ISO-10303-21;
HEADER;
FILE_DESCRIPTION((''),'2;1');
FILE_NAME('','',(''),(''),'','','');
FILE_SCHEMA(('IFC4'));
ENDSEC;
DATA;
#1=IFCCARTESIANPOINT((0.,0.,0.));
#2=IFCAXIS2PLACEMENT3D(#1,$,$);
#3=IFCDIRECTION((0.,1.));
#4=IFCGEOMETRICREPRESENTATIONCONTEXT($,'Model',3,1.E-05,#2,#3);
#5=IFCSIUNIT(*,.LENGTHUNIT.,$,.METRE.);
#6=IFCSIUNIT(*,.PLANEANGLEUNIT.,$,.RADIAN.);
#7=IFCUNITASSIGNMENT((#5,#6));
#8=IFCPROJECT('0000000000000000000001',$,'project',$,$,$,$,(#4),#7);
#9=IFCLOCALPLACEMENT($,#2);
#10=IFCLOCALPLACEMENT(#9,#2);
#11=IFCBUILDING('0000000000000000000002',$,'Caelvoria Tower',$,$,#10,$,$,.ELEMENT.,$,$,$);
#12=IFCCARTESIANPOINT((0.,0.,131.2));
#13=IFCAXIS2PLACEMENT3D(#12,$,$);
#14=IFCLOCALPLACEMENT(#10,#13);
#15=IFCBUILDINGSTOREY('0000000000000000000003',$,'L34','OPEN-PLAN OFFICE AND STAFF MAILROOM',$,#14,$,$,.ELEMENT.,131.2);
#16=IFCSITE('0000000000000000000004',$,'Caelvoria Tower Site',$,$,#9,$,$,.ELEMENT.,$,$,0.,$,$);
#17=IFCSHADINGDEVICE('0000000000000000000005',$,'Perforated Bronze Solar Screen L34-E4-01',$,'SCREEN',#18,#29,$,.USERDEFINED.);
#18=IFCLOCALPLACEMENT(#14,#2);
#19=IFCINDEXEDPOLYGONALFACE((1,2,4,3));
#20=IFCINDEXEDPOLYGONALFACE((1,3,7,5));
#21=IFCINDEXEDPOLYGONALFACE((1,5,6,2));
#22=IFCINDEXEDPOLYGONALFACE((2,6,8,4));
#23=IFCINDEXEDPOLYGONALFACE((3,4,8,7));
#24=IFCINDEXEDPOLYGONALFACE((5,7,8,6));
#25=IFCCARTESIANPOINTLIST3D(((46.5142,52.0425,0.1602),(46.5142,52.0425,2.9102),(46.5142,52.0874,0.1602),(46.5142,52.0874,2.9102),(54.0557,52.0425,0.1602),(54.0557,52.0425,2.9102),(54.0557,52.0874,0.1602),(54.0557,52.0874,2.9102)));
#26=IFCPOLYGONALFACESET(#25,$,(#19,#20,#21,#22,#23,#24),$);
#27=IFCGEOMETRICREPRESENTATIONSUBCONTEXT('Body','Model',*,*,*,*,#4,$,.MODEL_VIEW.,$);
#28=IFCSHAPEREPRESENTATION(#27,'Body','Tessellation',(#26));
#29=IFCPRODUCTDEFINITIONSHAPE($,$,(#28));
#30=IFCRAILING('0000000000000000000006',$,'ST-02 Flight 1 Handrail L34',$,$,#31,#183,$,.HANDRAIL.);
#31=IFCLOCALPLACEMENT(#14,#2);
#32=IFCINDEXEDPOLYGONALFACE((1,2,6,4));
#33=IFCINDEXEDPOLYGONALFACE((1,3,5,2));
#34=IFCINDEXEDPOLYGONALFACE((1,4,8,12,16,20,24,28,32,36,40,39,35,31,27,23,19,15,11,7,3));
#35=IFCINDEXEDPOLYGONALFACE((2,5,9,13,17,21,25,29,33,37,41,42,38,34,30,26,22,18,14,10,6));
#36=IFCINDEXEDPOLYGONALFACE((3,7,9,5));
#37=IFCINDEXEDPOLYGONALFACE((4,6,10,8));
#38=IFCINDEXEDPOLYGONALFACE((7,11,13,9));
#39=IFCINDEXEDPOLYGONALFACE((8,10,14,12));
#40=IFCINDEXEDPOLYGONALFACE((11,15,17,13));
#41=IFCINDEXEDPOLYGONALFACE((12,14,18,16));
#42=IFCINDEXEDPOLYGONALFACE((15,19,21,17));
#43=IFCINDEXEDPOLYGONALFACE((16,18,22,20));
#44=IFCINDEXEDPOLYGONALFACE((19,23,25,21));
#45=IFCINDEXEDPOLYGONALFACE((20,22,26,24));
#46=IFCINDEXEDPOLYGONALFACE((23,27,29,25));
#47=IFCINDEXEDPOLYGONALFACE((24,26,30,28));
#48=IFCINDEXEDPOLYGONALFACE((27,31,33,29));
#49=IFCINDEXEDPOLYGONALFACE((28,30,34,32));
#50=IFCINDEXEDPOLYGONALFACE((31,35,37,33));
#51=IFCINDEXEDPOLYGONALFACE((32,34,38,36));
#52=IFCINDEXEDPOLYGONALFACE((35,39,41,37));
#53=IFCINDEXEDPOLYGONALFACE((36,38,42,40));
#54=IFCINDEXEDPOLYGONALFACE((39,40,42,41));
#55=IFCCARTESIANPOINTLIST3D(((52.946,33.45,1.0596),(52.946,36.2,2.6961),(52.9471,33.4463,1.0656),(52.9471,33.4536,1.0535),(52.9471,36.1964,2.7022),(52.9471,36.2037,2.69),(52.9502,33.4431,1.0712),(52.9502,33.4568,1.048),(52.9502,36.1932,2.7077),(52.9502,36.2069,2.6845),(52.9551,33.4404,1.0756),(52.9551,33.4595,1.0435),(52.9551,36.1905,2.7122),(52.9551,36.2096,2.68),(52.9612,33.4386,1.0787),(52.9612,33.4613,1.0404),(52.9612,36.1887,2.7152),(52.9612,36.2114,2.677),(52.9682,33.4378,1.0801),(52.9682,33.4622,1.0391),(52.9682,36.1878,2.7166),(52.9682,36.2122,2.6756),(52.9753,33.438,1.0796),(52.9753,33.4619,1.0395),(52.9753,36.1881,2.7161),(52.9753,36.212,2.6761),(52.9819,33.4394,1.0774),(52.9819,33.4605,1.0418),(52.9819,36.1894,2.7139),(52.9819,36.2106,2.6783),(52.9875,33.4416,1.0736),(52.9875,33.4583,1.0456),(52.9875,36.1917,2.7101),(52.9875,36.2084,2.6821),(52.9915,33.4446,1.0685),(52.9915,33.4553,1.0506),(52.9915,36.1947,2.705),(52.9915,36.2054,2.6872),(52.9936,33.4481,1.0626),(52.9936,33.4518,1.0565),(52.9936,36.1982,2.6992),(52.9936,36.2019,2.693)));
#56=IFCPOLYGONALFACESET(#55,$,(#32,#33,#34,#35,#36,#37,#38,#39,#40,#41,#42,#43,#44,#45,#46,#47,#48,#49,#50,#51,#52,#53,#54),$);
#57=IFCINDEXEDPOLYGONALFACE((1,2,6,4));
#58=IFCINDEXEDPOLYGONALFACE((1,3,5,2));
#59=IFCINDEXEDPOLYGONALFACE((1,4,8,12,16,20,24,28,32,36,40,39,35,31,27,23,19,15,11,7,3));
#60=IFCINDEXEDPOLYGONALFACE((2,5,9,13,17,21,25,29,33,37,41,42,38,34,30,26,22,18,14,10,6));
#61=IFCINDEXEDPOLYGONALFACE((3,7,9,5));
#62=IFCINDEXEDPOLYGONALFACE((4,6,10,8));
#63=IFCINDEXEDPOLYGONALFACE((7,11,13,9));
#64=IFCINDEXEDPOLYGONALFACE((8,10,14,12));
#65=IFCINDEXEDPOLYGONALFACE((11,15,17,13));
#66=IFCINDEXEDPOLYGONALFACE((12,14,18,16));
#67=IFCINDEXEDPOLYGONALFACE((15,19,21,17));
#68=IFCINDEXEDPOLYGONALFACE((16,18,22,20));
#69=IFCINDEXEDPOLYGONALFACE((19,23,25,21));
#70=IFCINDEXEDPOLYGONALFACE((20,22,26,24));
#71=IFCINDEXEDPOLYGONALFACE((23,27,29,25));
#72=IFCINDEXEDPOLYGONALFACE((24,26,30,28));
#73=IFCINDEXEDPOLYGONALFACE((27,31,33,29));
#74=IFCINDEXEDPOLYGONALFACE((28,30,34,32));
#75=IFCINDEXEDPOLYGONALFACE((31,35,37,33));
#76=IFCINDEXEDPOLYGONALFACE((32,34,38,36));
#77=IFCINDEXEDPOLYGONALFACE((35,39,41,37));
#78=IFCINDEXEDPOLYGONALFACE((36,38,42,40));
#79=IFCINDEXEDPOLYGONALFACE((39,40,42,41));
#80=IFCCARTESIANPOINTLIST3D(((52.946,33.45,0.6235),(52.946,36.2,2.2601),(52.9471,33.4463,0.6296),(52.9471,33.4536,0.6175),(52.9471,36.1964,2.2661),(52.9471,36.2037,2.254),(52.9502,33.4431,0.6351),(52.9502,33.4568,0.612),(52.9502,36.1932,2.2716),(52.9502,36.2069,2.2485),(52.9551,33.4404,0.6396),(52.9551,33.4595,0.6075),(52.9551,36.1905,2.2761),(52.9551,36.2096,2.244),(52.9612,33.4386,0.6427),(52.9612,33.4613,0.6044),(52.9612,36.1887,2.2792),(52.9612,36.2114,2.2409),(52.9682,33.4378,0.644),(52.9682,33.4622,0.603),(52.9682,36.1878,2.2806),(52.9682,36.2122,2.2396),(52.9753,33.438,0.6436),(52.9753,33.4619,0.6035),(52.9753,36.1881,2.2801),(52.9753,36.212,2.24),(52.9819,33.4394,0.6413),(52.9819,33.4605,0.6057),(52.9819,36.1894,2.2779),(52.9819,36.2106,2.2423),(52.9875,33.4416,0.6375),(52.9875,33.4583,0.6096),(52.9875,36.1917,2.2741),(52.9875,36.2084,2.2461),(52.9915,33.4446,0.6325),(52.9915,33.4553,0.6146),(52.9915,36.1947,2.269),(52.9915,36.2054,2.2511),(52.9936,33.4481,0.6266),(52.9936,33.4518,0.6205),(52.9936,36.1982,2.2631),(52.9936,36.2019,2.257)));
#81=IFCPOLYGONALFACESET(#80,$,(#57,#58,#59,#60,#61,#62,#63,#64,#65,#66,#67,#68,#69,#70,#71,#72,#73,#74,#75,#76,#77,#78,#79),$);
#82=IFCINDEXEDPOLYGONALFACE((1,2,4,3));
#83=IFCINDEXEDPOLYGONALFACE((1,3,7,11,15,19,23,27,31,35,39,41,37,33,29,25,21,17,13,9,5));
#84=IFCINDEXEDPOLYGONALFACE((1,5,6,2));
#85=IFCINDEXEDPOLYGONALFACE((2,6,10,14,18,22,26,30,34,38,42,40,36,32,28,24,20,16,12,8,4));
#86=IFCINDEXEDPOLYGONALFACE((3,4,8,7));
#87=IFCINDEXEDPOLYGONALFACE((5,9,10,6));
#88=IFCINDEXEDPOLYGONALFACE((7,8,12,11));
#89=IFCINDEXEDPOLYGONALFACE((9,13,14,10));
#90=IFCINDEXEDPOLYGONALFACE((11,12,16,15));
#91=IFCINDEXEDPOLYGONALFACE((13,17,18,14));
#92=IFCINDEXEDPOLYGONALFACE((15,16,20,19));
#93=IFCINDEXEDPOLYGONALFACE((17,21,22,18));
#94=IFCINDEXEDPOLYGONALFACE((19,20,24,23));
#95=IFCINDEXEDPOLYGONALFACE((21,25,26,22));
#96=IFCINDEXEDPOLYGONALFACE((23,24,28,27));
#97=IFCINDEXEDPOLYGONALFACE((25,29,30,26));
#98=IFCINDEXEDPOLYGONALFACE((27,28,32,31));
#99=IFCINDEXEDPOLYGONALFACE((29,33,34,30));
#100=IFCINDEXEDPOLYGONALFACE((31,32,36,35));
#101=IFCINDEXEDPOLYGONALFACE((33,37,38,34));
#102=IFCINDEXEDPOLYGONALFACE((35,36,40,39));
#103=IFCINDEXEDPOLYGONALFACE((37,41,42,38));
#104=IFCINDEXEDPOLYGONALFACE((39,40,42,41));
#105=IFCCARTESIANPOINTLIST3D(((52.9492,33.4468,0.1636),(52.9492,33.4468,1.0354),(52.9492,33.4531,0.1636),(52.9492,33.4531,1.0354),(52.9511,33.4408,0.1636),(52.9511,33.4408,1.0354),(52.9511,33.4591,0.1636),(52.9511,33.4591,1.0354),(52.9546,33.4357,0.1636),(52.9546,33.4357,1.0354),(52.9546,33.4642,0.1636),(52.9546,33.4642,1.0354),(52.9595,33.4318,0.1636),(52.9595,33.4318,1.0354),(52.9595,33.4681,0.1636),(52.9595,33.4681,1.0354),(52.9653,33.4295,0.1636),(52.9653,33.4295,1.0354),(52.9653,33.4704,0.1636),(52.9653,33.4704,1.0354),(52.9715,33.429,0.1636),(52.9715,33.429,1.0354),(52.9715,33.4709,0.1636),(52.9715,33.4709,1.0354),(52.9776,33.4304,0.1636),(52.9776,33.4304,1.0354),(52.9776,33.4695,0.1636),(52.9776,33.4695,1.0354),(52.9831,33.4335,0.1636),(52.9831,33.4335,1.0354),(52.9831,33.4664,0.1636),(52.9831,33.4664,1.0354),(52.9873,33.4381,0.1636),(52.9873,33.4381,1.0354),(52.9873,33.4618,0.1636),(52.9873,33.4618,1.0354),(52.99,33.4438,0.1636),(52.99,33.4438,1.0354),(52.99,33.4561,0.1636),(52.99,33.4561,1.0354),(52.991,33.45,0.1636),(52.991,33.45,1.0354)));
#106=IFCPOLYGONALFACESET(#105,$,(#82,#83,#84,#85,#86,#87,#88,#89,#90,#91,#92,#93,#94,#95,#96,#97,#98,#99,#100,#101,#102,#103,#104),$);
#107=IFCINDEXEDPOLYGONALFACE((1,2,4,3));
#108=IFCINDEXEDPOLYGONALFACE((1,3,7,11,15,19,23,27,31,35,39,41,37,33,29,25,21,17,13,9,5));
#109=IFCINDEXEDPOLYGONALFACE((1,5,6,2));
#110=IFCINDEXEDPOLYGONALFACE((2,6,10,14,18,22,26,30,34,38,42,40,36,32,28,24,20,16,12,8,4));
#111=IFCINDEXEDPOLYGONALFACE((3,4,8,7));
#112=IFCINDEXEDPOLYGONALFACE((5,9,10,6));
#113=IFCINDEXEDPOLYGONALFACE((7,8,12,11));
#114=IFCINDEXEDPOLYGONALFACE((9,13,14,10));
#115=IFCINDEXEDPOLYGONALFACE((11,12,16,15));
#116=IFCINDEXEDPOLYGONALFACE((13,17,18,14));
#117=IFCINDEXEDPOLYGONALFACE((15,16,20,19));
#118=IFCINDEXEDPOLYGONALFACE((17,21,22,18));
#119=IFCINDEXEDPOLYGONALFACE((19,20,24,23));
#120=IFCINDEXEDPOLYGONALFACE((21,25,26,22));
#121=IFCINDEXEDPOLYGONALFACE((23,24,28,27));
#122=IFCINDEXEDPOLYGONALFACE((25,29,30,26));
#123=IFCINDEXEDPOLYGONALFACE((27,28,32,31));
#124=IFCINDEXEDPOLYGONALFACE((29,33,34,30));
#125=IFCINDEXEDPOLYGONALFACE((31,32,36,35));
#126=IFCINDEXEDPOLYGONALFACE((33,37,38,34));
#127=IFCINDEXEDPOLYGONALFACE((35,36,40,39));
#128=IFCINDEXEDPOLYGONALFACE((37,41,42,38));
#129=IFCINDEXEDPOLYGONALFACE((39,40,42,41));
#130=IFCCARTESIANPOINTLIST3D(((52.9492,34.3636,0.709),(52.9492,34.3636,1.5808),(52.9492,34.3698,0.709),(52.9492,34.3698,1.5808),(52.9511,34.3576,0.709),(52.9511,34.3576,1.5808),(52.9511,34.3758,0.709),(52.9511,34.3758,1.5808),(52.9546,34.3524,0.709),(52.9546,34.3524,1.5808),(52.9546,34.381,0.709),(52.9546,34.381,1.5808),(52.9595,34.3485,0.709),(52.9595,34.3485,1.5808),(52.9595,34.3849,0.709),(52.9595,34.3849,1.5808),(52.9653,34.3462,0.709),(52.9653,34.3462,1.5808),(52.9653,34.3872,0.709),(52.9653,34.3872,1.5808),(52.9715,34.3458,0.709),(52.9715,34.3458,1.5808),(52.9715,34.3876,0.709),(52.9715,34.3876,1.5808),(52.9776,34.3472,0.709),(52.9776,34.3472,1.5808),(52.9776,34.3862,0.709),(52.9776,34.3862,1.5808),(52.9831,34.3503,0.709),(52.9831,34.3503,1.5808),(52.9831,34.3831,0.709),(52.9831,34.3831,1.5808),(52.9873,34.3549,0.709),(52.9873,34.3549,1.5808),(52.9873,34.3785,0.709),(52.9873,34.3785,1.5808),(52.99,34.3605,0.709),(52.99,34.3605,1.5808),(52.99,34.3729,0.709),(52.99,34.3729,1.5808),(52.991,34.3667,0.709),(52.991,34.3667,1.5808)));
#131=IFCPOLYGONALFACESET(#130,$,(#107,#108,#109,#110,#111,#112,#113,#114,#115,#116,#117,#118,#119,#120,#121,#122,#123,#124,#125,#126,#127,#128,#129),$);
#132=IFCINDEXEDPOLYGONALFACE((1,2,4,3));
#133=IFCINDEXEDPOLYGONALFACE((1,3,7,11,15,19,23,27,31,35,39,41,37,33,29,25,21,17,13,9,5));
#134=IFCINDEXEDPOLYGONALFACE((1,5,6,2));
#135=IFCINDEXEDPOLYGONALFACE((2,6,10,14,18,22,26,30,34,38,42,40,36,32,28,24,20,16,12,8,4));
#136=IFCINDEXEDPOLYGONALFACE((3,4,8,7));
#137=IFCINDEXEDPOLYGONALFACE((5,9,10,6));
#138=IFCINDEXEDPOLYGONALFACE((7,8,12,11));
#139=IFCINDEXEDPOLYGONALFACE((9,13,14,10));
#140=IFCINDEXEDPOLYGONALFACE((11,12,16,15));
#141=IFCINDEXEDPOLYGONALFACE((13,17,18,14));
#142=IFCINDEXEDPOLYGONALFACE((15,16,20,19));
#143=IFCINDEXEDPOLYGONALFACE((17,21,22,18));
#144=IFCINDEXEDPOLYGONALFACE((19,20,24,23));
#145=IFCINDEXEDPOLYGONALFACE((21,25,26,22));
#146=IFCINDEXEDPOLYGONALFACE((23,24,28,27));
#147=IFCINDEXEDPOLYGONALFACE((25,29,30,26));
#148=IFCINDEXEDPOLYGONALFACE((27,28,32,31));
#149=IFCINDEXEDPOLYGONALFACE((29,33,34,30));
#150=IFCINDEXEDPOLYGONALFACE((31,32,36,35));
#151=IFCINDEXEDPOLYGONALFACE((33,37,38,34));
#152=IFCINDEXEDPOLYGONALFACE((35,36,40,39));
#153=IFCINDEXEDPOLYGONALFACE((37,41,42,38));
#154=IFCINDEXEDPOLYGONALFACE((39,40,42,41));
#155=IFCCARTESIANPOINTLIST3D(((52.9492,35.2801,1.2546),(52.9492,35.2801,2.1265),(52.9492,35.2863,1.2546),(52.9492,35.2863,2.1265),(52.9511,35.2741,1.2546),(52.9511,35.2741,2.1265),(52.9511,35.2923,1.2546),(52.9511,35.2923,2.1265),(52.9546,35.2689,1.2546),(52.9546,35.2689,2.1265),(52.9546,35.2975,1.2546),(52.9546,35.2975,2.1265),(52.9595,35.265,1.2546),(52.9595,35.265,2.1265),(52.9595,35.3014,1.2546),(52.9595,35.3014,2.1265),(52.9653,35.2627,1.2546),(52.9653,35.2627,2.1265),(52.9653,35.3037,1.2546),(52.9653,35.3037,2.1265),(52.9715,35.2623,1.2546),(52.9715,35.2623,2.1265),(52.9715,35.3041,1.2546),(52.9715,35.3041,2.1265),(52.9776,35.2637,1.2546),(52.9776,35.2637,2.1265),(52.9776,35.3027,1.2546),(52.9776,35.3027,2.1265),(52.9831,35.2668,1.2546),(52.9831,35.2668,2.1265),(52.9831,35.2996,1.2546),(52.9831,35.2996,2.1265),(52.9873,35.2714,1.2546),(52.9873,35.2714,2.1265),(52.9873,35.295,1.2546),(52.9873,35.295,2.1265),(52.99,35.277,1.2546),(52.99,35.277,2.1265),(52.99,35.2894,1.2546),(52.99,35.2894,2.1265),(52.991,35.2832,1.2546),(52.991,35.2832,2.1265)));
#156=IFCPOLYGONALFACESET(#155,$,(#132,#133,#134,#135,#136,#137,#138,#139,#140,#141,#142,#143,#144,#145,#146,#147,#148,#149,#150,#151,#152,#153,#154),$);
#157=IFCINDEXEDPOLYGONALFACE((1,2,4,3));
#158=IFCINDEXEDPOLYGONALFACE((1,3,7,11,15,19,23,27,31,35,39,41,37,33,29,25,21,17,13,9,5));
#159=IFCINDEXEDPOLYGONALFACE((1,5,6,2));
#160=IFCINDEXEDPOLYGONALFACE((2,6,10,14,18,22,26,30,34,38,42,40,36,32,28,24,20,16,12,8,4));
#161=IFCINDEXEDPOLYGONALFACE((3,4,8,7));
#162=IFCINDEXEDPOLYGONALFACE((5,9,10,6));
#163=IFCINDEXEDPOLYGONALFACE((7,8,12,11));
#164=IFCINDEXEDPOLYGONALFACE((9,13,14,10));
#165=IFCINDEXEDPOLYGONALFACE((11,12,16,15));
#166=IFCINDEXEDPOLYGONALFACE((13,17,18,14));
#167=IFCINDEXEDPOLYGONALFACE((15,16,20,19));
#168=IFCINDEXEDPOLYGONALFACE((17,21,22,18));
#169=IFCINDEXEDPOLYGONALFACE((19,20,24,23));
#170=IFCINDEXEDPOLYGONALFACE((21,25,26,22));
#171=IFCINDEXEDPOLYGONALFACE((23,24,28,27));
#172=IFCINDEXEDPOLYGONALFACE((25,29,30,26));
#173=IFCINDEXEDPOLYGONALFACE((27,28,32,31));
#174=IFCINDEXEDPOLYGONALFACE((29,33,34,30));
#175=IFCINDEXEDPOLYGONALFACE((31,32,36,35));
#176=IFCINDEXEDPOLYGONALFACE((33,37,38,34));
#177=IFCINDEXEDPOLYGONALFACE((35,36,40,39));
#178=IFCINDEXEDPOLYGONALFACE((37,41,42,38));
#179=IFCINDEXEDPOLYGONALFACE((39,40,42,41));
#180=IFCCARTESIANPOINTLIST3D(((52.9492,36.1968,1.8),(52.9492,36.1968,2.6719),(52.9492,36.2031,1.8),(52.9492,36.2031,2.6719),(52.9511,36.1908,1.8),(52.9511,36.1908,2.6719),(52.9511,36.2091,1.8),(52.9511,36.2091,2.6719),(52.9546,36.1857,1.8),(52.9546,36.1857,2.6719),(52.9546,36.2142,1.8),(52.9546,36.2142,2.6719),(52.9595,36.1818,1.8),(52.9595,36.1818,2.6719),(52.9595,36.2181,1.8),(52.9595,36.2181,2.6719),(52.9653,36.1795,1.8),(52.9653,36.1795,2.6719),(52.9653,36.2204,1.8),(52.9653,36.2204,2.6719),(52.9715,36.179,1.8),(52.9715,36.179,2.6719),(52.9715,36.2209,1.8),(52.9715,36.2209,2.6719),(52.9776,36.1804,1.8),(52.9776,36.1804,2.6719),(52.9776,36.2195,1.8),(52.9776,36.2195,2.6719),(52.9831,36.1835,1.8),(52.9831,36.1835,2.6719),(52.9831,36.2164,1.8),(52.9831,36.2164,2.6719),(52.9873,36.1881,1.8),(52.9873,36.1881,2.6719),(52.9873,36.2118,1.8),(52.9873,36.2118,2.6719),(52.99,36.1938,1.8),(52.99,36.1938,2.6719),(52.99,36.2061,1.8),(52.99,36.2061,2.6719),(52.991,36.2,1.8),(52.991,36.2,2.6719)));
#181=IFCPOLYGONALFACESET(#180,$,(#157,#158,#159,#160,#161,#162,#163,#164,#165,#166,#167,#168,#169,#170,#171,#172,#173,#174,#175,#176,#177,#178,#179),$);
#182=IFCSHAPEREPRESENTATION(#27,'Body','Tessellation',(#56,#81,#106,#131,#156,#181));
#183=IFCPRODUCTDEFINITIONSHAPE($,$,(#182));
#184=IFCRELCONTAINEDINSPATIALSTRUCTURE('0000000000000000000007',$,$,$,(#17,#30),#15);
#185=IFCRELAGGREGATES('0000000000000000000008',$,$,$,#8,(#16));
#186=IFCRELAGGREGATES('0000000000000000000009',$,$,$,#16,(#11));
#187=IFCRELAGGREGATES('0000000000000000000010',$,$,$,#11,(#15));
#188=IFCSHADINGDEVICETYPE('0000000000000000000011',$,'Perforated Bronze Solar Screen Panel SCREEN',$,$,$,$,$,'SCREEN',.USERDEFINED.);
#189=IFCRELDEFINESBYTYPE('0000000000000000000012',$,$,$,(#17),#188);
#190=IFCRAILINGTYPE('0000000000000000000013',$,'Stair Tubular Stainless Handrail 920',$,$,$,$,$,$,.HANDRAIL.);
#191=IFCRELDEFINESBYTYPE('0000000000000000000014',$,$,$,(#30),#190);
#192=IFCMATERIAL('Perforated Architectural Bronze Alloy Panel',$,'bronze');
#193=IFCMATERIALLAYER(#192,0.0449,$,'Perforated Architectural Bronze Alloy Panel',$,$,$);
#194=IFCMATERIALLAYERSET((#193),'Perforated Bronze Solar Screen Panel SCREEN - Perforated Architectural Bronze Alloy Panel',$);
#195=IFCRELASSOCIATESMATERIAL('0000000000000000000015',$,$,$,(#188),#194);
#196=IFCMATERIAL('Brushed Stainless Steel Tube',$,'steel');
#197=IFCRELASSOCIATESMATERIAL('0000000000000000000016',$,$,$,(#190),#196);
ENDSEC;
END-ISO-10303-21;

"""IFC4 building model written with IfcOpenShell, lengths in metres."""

from ifc_helpers import new_model, si_unit, direction, frame, origin, origin_2d, place, context, subcontext, project, spatial, rectangle, circle, extrude, material, layer, layer_set, type_object, element, save


model = new_model("IFC4")

# Units and contexts
model_context = context("Model", 3, precision=1e-05, world=origin(), true_north=direction((0.0, 1.0)))
body_context = subcontext(model_context, "Body", "Model", "MODEL_VIEW")
ifc_project = project(units=[si_unit("LENGTHUNIT", "METRE"), si_unit("PLANEANGLEUNIT", "RADIAN")], contexts=[model_context])

# Site, building, storey
site_placement = place(None, origin())
site = spatial("IfcSite", under=ifc_project, at=site_placement, Name="Caelvoria Tower Site", CompositionType="ELEMENT", RefElevation=0.0)
building_placement = place(site_placement, origin())
building = spatial("IfcBuilding", under=site, at=building_placement, Name="Caelvoria Tower", CompositionType="ELEMENT")
storey_placement = place(building_placement, frame((0.0, 0.0, 131.2)))
storey = spatial("IfcBuildingStorey", under=building, at=storey_placement, Name="L34", Description="OPEN-PLAN OFFICE AND STAFF MAILROOM", CompositionType="ELEMENT", Elevation=131.2)

# Shading device
ifc_material_1 = material(Name="Perforated Architectural Bronze Alloy Panel", Category="bronze")
ifc_layer_1 = layer(ifc_material_1, 0.0449, Name="Perforated Architectural Bronze Alloy Panel")
ifc_layer_set_1 = layer_set([ifc_layer_1], Name="Perforated Bronze Solar Screen Panel SCREEN - Perforated Architectural Bronze Alloy Panel")
shading_device_type = type_object("IfcShadingDeviceType", Name="Perforated Bronze Solar Screen Panel SCREEN", ElementType="SCREEN", PredefinedType="USERDEFINED", material=ifc_layer_set_1)
shading_device_placement = place(storey_placement, frame((50.2849, 52.0649, 0.1602), z_axis=(0.0, 0.0, 1.0), x_axis=(-1.0, 0.0, 0.0)))
element("IfcShadingDevice", 1, at=shading_device_placement, inside=storey, type_object=shading_device_type, Name="Perforated Bronze Solar Screen L34-E4-01", ObjectType="SCREEN", PredefinedType="USERDEFINED", context=body_context, shape_type="SweptSolid", body=[
    extrude(rectangle(XDim=7.5415, YDim=0.0449, at=origin_2d()), origin(), (0.0, 0.0, 1.0), 2.75),
])

# Railing
ifc_material_2 = material(Name="Brushed Stainless Steel Tube", Category="steel")
railing_type_1 = type_object("IfcRailingType", Name="Stair Tubular Stainless Handrail 920", PredefinedType="HANDRAIL", material=ifc_material_2)
railing_1_placement = place(storey_placement, frame((52.97, 33.45, 0.1636)))
element("IfcRailing", 2, at=railing_1_placement, inside=storey, type_object=railing_type_1, Name="ST-02 Flight 1 Handrail L34", PredefinedType="HANDRAIL", context=body_context, shape_type="SweptSolid", body=[
    extrude(circle(Radius=0.0239, at=origin_2d()), frame((0.0, 0.0, 0.896), z_axis=(0.0, 0.859352, 0.511385), x_axis=(-1.0, 0.0, 0.0)), (0.0, 0.0, 1.0), 3.2002),
    extrude(circle(Radius=0.0239, at=origin_2d()), frame((0.0, 0.0, 0.46), z_axis=(0.0, 0.859352, 0.511385), x_axis=(-1.0, 0.0, 0.0)), (0.0, 0.0, 1.0), 3.2002),
    extrude(circle(Radius=0.021, at=origin_2d()), origin(), (0.0, 0.0, 1.0), 0.8718),
    extrude(circle(Radius=0.021, at=origin_2d()), frame((0.0, 0.9167, 0.5454)), (0.0, 0.0, 1.0), 0.8718),
    extrude(circle(Radius=0.021, at=origin_2d()), frame((0.0, 1.8333, 1.0911)), (0.0, 0.0, 1.0), 0.8718),
    extrude(circle(Radius=0.021, at=origin_2d()), frame((0.0, 2.75, 1.6365)), (0.0, 0.0, 1.0), 0.8718),
])

save(model, "model.ifc")
